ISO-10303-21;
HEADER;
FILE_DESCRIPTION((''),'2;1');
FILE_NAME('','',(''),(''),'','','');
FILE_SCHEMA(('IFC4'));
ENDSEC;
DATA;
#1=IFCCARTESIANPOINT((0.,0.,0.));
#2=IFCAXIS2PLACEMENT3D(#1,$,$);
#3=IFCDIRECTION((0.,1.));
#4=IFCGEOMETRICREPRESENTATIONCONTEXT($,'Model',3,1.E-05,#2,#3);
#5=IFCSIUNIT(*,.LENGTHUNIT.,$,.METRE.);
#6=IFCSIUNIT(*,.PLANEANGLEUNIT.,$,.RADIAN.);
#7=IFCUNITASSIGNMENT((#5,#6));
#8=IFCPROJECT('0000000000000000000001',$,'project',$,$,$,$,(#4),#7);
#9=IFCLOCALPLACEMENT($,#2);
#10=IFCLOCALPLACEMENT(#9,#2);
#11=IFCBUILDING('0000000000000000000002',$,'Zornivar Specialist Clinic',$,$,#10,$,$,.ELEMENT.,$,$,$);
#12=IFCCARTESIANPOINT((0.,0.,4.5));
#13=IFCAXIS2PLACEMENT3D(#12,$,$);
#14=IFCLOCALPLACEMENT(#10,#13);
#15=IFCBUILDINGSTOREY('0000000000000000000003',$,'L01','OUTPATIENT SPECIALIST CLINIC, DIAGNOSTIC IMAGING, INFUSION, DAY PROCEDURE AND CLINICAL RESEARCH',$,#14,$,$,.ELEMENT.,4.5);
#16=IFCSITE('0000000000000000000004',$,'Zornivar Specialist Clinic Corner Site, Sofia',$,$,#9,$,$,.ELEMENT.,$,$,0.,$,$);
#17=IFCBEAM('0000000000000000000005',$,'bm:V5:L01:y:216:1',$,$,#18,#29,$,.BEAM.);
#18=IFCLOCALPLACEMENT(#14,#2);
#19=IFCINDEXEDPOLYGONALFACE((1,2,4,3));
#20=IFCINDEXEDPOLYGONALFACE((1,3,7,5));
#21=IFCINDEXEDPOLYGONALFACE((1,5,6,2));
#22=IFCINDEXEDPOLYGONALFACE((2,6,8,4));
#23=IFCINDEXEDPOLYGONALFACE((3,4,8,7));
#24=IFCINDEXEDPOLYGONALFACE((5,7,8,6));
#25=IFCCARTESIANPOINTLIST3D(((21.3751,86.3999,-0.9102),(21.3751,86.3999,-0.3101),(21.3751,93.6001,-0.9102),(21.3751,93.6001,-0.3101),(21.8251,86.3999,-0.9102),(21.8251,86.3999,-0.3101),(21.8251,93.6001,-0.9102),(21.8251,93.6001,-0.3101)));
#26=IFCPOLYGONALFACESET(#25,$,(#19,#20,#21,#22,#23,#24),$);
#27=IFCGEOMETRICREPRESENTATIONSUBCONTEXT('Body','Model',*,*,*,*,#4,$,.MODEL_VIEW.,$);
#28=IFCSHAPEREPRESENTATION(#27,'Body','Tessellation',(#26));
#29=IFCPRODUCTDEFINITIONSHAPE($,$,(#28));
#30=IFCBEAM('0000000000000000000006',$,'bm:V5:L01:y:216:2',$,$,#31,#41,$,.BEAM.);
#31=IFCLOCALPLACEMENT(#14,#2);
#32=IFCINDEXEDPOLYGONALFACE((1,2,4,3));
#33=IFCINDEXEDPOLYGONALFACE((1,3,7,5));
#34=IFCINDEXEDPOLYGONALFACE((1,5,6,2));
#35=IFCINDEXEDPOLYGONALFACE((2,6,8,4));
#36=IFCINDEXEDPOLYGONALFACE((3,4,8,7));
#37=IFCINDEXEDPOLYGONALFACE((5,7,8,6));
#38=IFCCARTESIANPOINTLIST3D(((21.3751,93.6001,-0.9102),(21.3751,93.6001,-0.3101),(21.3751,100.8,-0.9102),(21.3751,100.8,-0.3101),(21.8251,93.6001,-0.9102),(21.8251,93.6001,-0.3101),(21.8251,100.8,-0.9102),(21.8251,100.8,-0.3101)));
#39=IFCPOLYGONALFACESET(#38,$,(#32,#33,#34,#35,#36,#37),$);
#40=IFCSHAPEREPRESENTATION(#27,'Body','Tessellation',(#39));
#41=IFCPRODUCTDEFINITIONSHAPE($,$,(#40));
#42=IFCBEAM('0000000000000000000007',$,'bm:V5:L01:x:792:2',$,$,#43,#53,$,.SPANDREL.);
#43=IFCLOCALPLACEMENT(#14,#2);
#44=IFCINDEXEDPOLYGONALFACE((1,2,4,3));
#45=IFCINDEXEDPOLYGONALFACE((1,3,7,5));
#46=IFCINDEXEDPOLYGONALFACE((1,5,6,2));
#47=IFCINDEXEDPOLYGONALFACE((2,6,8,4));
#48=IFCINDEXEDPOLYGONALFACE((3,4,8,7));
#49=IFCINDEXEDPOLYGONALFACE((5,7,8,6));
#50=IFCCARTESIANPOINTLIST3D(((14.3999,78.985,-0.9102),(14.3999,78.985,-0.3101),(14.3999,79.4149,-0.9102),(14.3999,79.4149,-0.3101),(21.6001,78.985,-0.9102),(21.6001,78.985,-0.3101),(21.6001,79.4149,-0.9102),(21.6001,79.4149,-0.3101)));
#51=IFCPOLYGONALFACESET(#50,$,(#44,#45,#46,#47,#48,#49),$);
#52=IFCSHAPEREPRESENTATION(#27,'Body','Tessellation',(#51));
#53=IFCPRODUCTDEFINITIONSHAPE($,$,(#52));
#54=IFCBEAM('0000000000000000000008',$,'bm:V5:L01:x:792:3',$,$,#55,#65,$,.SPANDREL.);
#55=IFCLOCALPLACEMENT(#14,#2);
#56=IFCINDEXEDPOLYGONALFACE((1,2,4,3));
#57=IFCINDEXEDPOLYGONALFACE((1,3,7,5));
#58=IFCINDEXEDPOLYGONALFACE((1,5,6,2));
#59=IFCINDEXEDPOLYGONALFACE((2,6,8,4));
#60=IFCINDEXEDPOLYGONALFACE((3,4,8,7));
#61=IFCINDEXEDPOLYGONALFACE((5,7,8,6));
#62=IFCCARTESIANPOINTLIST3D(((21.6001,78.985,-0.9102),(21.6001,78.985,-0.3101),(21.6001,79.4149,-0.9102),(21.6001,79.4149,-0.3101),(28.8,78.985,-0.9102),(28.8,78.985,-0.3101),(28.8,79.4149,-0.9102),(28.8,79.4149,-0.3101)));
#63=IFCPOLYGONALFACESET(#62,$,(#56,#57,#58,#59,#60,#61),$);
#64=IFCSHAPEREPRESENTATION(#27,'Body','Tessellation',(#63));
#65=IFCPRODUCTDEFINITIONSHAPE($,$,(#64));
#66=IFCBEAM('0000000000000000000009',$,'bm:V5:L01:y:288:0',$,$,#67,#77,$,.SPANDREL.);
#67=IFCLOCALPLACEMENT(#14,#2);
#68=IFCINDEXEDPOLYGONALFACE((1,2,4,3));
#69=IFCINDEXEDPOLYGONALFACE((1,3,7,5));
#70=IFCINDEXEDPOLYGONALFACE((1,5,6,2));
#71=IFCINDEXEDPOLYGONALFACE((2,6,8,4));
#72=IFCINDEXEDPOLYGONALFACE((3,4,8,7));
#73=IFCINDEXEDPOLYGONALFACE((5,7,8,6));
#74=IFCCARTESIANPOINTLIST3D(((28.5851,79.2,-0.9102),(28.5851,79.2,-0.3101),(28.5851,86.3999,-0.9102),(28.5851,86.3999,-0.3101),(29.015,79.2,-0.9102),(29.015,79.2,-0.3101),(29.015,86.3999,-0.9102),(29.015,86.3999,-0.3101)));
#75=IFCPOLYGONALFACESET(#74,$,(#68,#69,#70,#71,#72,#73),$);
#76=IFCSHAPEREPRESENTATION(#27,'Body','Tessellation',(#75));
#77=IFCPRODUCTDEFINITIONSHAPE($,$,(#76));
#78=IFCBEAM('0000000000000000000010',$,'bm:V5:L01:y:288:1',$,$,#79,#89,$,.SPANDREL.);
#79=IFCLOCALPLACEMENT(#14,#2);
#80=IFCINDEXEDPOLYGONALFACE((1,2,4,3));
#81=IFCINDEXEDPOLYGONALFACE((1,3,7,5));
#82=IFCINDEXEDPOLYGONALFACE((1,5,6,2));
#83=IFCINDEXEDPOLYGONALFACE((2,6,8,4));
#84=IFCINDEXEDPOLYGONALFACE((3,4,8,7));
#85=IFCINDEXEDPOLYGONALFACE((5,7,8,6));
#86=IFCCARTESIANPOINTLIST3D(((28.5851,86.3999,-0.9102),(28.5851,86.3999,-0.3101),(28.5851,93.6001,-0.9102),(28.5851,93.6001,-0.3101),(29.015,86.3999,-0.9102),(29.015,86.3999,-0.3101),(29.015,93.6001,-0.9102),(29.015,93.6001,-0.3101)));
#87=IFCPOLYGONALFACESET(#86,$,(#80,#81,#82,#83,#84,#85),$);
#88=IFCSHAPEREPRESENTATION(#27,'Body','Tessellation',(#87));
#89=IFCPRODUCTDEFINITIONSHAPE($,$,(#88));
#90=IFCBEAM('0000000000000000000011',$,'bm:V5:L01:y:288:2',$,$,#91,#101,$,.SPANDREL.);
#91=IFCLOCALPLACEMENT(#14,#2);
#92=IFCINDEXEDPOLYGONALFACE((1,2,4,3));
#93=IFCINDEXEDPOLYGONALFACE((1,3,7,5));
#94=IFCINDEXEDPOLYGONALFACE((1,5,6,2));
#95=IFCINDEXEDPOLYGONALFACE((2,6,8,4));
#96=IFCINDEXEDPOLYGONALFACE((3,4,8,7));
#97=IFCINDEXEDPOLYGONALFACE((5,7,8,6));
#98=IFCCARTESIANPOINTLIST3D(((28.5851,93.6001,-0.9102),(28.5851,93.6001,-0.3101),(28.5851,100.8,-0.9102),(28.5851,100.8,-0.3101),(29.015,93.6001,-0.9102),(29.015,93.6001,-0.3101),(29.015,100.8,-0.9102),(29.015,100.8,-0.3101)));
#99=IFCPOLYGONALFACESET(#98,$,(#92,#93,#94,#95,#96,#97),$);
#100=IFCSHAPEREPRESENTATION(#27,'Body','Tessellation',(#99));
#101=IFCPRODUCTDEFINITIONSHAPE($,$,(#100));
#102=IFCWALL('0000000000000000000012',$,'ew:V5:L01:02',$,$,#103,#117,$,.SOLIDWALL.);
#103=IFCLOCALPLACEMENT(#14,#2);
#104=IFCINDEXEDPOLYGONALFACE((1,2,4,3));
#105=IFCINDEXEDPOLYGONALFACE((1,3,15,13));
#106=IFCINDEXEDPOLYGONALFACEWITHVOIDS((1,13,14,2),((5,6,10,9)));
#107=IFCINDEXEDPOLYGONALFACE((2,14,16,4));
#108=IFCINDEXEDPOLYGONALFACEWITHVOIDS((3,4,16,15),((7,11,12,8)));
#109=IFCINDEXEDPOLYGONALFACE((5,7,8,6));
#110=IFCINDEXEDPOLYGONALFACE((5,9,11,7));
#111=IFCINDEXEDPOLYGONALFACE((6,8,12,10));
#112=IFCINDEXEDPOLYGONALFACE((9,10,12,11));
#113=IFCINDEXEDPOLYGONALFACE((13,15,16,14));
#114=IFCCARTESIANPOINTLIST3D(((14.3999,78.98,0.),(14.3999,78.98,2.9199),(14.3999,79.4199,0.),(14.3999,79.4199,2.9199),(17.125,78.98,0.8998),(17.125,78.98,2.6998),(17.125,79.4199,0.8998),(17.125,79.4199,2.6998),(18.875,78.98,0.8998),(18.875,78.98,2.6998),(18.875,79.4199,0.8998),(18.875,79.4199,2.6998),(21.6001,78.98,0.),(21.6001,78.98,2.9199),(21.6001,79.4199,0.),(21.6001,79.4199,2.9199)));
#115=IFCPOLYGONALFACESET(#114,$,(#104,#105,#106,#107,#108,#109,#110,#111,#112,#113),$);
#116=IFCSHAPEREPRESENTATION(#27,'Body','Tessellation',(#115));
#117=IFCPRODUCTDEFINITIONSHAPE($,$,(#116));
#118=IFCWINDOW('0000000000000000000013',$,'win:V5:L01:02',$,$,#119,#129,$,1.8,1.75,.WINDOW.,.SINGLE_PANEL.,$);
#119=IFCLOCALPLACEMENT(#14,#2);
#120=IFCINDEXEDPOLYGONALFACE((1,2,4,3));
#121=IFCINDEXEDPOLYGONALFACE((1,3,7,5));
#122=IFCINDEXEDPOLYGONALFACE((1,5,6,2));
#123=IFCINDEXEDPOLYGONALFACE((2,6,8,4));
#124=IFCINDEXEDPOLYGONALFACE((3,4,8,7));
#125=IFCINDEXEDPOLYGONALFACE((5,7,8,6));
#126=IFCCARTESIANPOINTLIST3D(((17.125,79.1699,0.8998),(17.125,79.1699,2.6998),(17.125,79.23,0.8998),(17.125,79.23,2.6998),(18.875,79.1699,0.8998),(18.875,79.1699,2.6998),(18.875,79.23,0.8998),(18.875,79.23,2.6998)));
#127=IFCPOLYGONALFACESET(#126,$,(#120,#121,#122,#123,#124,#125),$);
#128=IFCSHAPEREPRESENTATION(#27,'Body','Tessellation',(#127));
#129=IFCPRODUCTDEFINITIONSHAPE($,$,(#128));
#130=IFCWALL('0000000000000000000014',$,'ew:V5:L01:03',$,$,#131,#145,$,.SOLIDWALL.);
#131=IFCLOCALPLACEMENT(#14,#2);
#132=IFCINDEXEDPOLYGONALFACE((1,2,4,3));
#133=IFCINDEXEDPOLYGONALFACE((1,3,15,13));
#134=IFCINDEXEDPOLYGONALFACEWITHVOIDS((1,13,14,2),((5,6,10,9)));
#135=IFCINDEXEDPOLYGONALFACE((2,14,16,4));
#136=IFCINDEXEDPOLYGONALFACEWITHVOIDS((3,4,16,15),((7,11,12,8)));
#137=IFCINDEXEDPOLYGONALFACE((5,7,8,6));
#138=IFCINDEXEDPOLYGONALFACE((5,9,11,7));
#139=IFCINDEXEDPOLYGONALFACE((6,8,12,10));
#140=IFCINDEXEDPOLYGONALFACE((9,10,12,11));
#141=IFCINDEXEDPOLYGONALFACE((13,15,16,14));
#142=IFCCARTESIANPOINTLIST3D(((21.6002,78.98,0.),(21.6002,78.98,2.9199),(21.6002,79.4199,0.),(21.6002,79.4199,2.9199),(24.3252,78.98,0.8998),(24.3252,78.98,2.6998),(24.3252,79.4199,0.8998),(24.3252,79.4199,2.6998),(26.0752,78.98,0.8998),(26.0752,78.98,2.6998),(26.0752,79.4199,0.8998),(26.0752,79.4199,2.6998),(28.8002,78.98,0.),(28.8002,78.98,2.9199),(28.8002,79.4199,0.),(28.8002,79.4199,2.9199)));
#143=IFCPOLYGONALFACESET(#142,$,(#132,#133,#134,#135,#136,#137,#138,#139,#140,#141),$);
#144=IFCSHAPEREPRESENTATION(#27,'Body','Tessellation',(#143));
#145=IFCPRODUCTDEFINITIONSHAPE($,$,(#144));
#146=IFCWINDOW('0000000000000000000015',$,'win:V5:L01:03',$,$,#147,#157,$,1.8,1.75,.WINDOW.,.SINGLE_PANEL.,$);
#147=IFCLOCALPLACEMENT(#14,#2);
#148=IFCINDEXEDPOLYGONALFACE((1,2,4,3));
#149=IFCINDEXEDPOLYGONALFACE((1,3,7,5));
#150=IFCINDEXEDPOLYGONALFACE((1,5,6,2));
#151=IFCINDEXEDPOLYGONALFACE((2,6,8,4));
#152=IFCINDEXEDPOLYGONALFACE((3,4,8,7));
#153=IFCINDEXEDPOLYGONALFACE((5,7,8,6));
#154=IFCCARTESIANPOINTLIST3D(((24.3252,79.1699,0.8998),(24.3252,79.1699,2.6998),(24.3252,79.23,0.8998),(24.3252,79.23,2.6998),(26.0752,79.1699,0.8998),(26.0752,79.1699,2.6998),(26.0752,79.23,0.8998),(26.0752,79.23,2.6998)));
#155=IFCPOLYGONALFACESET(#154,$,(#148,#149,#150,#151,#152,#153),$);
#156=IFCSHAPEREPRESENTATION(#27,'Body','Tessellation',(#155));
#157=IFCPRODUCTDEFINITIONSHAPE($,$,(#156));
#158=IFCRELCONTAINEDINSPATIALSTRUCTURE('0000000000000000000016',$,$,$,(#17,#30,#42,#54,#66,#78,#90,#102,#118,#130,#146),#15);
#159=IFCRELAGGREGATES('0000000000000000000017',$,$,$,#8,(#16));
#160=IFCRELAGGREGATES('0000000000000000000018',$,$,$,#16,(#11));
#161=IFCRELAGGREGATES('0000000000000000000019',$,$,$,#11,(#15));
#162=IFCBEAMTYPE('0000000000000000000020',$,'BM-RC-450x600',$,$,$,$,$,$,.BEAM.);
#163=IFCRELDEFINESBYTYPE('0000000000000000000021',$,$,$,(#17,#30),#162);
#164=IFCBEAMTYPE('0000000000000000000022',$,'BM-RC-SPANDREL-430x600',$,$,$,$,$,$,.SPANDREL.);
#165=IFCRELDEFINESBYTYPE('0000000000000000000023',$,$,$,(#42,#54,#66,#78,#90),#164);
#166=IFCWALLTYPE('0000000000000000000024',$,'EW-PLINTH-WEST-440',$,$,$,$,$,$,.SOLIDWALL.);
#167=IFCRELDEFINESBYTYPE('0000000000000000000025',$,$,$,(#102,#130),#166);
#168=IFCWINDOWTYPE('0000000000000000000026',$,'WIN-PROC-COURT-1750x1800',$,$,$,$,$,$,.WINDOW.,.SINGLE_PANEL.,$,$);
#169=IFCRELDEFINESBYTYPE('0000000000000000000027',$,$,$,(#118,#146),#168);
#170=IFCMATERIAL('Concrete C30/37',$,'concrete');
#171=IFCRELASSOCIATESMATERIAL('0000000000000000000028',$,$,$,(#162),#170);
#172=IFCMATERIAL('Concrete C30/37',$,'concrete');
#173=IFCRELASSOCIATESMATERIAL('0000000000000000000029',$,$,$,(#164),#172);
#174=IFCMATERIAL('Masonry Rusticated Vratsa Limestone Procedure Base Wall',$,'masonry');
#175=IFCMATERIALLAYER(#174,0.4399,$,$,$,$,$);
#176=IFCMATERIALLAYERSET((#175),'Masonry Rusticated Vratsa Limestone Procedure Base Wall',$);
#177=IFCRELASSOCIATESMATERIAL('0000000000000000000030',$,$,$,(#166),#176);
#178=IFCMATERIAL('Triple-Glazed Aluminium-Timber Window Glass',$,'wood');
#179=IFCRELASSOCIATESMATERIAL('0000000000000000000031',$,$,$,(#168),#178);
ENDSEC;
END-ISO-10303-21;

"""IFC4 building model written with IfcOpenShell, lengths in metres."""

from ifc_helpers import new_model, si_unit, direction, frame, frame_2d, origin, origin_2d, place, context, subcontext, project, spatial, rectangle, extrude, material, layer, layer_set, material_profile, profile_set, type_object, element, fill, save


model = new_model("IFC4")

# Units and contexts
model_context = context("Model", 3, precision=1e-05, world=origin(), true_north=direction((0.0, 1.0)))
body_context = subcontext(model_context, "Body", "Model", "MODEL_VIEW")
ifc_project = project(units=[si_unit("LENGTHUNIT", "METRE"), si_unit("PLANEANGLEUNIT", "RADIAN")], contexts=[model_context])

# Site, building, storey
site_placement = place(None, origin())
site = spatial("IfcSite", under=ifc_project, at=site_placement, Name="Zornivar Specialist Clinic Corner Site, Sofia", CompositionType="ELEMENT", RefElevation=0.0)
building_placement = place(site_placement, origin())
building = spatial("IfcBuilding", under=site, at=building_placement, Name="Zornivar Specialist Clinic", CompositionType="ELEMENT")
storey_placement = place(building_placement, frame((0.0, 0.0, 4.5)))
storey = spatial("IfcBuildingStorey", under=building, at=storey_placement, Name="L01", Description="OUTPATIENT SPECIALIST CLINIC, DIAGNOSTIC IMAGING, INFUSION, DAY PROCEDURE AND CLINICAL RESEARCH", CompositionType="ELEMENT", Elevation=4.5)

# Beams
ifc_material_1 = material(Name="Concrete C30/37", Category="concrete")
ifc_material_profile_1 = material_profile(ifc_material_1, rectangle(XDim=0.45, YDim=0.6001, at=origin_2d()), Name="RC 450x600")
ifc_profile_set_1 = profile_set([ifc_material_profile_1], Name="Concrete C30/37")
beam_type_1 = type_object("IfcBeamType", Name="BM-RC-450x600", PredefinedType="BEAM", material=ifc_profile_set_1)
beam_1_placement = place(storey_placement, frame((21.6001, 86.3999, -0.6101), z_axis=(0.0, 1.0, 0.0), x_axis=(-1.0, 0.0, 0.0)))
element("IfcBeam", 1, at=beam_1_placement, inside=storey, type_object=beam_type_1, Name="bm:V5:L01:y:216:1", PredefinedType="BEAM", context=body_context, shape_type="SweptSolid", body=[
    extrude(rectangle(XDim=0.45, YDim=0.6001, at=origin_2d()), origin(), (0.0, 0.0, 1.0), 7.2002),
])
beam_2_placement = place(storey_placement, frame((21.6001, 93.6001, -0.6101), z_axis=(0.0, 1.0, 0.0), x_axis=(-1.0, 0.0, 0.0)))
element("IfcBeam", 2, at=beam_2_placement, inside=storey, type_object=beam_type_1, Name="bm:V5:L01:y:216:2", PredefinedType="BEAM", context=body_context, shape_type="SweptSolid", body=[
    extrude(rectangle(XDim=0.45, YDim=0.6001, at=origin_2d()), origin(), (0.0, 0.0, 1.0), 7.2),
])
ifc_material_2 = material(Name="Concrete C30/37", Category="concrete")
ifc_material_profile_2 = material_profile(ifc_material_2, rectangle(XDim=0.4299, YDim=0.6001, at=origin_2d()), Name="RC 430x600")
ifc_profile_set_2 = profile_set([ifc_material_profile_2], Name="Concrete C30/37")
beam_type_2 = type_object("IfcBeamType", Name="BM-RC-SPANDREL-430x600", PredefinedType="SPANDREL", material=ifc_profile_set_2)
beam_3_placement = place(storey_placement, frame((14.3999, 79.2, -0.6101), z_axis=(1.0, 0.0, 0.0), x_axis=(0.0, 1.0, 0.0)))
element("IfcBeam", 3, at=beam_3_placement, inside=storey, type_object=beam_type_2, Name="bm:V5:L01:x:792:2", PredefinedType="SPANDREL", context=body_context, shape_type="SweptSolid", body=[
    extrude(rectangle(XDim=0.4299, YDim=0.6001, at=origin_2d()), origin(), (0.0, 0.0, 1.0), 7.2002),
])
for number, where, z_axis, x_axis, name in (
    (4, (21.6001, 79.2, -0.6101), (1.0, 0.0, 0.0), (0.0, 1.0, 0.0), "bm:V5:L01:x:792:3"),
    (5, (28.8, 79.2, -0.6101), (0.0, 1.0, 0.0), (-1.0, 0.0, 0.0), "bm:V5:L01:y:288:0"),
):
    element("IfcBeam", number, at=place(storey_placement, frame(where, z_axis=z_axis, x_axis=x_axis)), inside=storey, type_object=beam_type_2, Name=name, PredefinedType="SPANDREL", context=body_context, shape_type="SweptSolid", body=[
        extrude(rectangle(XDim=0.4299, YDim=0.6001, at=origin_2d()), origin(), (0.0, 0.0, 1.0), 7.2),
    ])
beam_4_placement = place(storey_placement, frame((28.8, 86.3999, -0.6101), z_axis=(0.0, 1.0, 0.0), x_axis=(-1.0, 0.0, 0.0)))
element("IfcBeam", 6, at=beam_4_placement, inside=storey, type_object=beam_type_2, Name="bm:V5:L01:y:288:1", PredefinedType="SPANDREL", context=body_context, shape_type="SweptSolid", body=[
    extrude(rectangle(XDim=0.4299, YDim=0.6001, at=origin_2d()), origin(), (0.0, 0.0, 1.0), 7.2002),
])
beam_5_placement = place(storey_placement, frame((28.8, 93.6001, -0.6101), z_axis=(0.0, 1.0, 0.0), x_axis=(-1.0, 0.0, 0.0)))
element("IfcBeam", 7, at=beam_5_placement, inside=storey, type_object=beam_type_2, Name="bm:V5:L01:y:288:2", PredefinedType="SPANDREL", context=body_context, shape_type="SweptSolid", body=[
    extrude(rectangle(XDim=0.4299, YDim=0.6001, at=origin_2d()), origin(), (0.0, 0.0, 1.0), 7.2),
])

# Walls, openings, windows
ifc_material_3 = material(Name="Masonry Rusticated Vratsa Limestone Procedure Base Wall", Category="masonry")
ifc_layer = layer(ifc_material_3, 0.4399)
ifc_layer_set = layer_set([ifc_layer], Name="Masonry Rusticated Vratsa Limestone Procedure Base Wall")
wall_type = type_object("IfcWallType", Name="EW-PLINTH-WEST-440", PredefinedType="SOLIDWALL", material=ifc_layer_set)
wall_1_placement = place(storey_placement, frame((14.3999, 79.2, 0.0), z_axis=(0.0, 0.0, 1.0), x_axis=(1.0, 0.0, 0.0)))
wall_1 = element("IfcWall", 8, at=wall_1_placement, inside=storey, type_object=wall_type, Name="ew:V5:L01:02", PredefinedType="SOLIDWALL", context=body_context, shape_type="SweptSolid", body=[
    extrude(rectangle(XDim=7.2002, YDim=0.4399, at=frame_2d((3.6001, 0.0))), origin(), (0.0, 0.0, 1.0), 2.9199),
])
opening_1_placement = place(wall_1_placement, frame((2.7251, 0.0, 0.8999)))
opening_1 = element("IfcOpeningElement", 9, at=opening_1_placement, cuts=wall_1, PredefinedType="OPENING", context=body_context, shape_type="SweptSolid", body=[
    extrude(rectangle(XDim=1.75, YDim=1.8, at=frame_2d((0.875, 0.8999))), frame((0.0, 0.23, 0.0), z_axis=(0.0, -1.0, 0.0), x_axis=(1.0, 0.0, 0.0)), (0.0, 0.0, 1.0), 0.46),
])
ifc_material_4 = material(Name="Triple-Glazed Aluminium-Timber Window Glass", Category="wood")
window_type = type_object("IfcWindowType", Name="WIN-PROC-COURT-1750x1800", PartitioningType="SINGLE_PANEL", PredefinedType="WINDOW", material=ifc_material_4)
window_1_placement = place(opening_1_placement, origin())
window_1 = element("IfcWindow", 10, at=window_1_placement, inside=storey, type_object=window_type, Name="win:V5:L01:02", OverallHeight=1.8, OverallWidth=1.75, PartitioningType="SINGLE_PANEL", PredefinedType="WINDOW", context=body_context, shape_type="SweptSolid", body=[
    extrude(rectangle(XDim=1.75, YDim=1.8, at=frame_2d((0.875, 0.8999))), frame((0.0, 0.03, 0.0), z_axis=(0.0, -1.0, 0.0), x_axis=(1.0, 0.0, 0.0)), (0.0, 0.0, 1.0), 0.0601),
])
fill(opening_1, window_1)
wall_2_placement = place(storey_placement, frame((21.6001, 79.2, 0.0), z_axis=(0.0, 0.0, 1.0), x_axis=(1.0, 0.0, 0.0)))
wall_2 = element("IfcWall", 11, at=wall_2_placement, inside=storey, type_object=wall_type, Name="ew:V5:L01:03", PredefinedType="SOLIDWALL", context=body_context, shape_type="SweptSolid", body=[
    extrude(rectangle(XDim=7.2, YDim=0.4399, at=frame_2d((3.6001, 0.0))), origin(), (0.0, 0.0, 1.0), 2.9199),
])
opening_2_placement = place(wall_2_placement, frame((2.7251, 0.0, 0.8999)))
opening_2 = element("IfcOpeningElement", 12, at=opening_2_placement, cuts=wall_2, PredefinedType="OPENING", context=body_context, shape_type="SweptSolid", body=[
    extrude(rectangle(XDim=1.75, YDim=1.8, at=frame_2d((0.875, 0.8999))), frame((0.0, 0.23, 0.0), z_axis=(0.0, -1.0, 0.0), x_axis=(1.0, 0.0, 0.0)), (0.0, 0.0, 1.0), 0.46),
])
window_2_placement = place(opening_2_placement, origin())
window_2 = element("IfcWindow", 13, at=window_2_placement, inside=storey, type_object=window_type, Name="win:V5:L01:03", OverallHeight=1.8, OverallWidth=1.75, PartitioningType="SINGLE_PANEL", PredefinedType="WINDOW", context=body_context, shape_type="SweptSolid", body=[
    extrude(rectangle(XDim=1.75, YDim=1.8, at=frame_2d((0.875, 0.8999))), frame((0.0, 0.03, 0.0), z_axis=(0.0, -1.0, 0.0), x_axis=(1.0, 0.0, 0.0)), (0.0, 0.0, 1.0), 0.0601),
])
fill(opening_2, window_2)

save(model, "model.ifc")
